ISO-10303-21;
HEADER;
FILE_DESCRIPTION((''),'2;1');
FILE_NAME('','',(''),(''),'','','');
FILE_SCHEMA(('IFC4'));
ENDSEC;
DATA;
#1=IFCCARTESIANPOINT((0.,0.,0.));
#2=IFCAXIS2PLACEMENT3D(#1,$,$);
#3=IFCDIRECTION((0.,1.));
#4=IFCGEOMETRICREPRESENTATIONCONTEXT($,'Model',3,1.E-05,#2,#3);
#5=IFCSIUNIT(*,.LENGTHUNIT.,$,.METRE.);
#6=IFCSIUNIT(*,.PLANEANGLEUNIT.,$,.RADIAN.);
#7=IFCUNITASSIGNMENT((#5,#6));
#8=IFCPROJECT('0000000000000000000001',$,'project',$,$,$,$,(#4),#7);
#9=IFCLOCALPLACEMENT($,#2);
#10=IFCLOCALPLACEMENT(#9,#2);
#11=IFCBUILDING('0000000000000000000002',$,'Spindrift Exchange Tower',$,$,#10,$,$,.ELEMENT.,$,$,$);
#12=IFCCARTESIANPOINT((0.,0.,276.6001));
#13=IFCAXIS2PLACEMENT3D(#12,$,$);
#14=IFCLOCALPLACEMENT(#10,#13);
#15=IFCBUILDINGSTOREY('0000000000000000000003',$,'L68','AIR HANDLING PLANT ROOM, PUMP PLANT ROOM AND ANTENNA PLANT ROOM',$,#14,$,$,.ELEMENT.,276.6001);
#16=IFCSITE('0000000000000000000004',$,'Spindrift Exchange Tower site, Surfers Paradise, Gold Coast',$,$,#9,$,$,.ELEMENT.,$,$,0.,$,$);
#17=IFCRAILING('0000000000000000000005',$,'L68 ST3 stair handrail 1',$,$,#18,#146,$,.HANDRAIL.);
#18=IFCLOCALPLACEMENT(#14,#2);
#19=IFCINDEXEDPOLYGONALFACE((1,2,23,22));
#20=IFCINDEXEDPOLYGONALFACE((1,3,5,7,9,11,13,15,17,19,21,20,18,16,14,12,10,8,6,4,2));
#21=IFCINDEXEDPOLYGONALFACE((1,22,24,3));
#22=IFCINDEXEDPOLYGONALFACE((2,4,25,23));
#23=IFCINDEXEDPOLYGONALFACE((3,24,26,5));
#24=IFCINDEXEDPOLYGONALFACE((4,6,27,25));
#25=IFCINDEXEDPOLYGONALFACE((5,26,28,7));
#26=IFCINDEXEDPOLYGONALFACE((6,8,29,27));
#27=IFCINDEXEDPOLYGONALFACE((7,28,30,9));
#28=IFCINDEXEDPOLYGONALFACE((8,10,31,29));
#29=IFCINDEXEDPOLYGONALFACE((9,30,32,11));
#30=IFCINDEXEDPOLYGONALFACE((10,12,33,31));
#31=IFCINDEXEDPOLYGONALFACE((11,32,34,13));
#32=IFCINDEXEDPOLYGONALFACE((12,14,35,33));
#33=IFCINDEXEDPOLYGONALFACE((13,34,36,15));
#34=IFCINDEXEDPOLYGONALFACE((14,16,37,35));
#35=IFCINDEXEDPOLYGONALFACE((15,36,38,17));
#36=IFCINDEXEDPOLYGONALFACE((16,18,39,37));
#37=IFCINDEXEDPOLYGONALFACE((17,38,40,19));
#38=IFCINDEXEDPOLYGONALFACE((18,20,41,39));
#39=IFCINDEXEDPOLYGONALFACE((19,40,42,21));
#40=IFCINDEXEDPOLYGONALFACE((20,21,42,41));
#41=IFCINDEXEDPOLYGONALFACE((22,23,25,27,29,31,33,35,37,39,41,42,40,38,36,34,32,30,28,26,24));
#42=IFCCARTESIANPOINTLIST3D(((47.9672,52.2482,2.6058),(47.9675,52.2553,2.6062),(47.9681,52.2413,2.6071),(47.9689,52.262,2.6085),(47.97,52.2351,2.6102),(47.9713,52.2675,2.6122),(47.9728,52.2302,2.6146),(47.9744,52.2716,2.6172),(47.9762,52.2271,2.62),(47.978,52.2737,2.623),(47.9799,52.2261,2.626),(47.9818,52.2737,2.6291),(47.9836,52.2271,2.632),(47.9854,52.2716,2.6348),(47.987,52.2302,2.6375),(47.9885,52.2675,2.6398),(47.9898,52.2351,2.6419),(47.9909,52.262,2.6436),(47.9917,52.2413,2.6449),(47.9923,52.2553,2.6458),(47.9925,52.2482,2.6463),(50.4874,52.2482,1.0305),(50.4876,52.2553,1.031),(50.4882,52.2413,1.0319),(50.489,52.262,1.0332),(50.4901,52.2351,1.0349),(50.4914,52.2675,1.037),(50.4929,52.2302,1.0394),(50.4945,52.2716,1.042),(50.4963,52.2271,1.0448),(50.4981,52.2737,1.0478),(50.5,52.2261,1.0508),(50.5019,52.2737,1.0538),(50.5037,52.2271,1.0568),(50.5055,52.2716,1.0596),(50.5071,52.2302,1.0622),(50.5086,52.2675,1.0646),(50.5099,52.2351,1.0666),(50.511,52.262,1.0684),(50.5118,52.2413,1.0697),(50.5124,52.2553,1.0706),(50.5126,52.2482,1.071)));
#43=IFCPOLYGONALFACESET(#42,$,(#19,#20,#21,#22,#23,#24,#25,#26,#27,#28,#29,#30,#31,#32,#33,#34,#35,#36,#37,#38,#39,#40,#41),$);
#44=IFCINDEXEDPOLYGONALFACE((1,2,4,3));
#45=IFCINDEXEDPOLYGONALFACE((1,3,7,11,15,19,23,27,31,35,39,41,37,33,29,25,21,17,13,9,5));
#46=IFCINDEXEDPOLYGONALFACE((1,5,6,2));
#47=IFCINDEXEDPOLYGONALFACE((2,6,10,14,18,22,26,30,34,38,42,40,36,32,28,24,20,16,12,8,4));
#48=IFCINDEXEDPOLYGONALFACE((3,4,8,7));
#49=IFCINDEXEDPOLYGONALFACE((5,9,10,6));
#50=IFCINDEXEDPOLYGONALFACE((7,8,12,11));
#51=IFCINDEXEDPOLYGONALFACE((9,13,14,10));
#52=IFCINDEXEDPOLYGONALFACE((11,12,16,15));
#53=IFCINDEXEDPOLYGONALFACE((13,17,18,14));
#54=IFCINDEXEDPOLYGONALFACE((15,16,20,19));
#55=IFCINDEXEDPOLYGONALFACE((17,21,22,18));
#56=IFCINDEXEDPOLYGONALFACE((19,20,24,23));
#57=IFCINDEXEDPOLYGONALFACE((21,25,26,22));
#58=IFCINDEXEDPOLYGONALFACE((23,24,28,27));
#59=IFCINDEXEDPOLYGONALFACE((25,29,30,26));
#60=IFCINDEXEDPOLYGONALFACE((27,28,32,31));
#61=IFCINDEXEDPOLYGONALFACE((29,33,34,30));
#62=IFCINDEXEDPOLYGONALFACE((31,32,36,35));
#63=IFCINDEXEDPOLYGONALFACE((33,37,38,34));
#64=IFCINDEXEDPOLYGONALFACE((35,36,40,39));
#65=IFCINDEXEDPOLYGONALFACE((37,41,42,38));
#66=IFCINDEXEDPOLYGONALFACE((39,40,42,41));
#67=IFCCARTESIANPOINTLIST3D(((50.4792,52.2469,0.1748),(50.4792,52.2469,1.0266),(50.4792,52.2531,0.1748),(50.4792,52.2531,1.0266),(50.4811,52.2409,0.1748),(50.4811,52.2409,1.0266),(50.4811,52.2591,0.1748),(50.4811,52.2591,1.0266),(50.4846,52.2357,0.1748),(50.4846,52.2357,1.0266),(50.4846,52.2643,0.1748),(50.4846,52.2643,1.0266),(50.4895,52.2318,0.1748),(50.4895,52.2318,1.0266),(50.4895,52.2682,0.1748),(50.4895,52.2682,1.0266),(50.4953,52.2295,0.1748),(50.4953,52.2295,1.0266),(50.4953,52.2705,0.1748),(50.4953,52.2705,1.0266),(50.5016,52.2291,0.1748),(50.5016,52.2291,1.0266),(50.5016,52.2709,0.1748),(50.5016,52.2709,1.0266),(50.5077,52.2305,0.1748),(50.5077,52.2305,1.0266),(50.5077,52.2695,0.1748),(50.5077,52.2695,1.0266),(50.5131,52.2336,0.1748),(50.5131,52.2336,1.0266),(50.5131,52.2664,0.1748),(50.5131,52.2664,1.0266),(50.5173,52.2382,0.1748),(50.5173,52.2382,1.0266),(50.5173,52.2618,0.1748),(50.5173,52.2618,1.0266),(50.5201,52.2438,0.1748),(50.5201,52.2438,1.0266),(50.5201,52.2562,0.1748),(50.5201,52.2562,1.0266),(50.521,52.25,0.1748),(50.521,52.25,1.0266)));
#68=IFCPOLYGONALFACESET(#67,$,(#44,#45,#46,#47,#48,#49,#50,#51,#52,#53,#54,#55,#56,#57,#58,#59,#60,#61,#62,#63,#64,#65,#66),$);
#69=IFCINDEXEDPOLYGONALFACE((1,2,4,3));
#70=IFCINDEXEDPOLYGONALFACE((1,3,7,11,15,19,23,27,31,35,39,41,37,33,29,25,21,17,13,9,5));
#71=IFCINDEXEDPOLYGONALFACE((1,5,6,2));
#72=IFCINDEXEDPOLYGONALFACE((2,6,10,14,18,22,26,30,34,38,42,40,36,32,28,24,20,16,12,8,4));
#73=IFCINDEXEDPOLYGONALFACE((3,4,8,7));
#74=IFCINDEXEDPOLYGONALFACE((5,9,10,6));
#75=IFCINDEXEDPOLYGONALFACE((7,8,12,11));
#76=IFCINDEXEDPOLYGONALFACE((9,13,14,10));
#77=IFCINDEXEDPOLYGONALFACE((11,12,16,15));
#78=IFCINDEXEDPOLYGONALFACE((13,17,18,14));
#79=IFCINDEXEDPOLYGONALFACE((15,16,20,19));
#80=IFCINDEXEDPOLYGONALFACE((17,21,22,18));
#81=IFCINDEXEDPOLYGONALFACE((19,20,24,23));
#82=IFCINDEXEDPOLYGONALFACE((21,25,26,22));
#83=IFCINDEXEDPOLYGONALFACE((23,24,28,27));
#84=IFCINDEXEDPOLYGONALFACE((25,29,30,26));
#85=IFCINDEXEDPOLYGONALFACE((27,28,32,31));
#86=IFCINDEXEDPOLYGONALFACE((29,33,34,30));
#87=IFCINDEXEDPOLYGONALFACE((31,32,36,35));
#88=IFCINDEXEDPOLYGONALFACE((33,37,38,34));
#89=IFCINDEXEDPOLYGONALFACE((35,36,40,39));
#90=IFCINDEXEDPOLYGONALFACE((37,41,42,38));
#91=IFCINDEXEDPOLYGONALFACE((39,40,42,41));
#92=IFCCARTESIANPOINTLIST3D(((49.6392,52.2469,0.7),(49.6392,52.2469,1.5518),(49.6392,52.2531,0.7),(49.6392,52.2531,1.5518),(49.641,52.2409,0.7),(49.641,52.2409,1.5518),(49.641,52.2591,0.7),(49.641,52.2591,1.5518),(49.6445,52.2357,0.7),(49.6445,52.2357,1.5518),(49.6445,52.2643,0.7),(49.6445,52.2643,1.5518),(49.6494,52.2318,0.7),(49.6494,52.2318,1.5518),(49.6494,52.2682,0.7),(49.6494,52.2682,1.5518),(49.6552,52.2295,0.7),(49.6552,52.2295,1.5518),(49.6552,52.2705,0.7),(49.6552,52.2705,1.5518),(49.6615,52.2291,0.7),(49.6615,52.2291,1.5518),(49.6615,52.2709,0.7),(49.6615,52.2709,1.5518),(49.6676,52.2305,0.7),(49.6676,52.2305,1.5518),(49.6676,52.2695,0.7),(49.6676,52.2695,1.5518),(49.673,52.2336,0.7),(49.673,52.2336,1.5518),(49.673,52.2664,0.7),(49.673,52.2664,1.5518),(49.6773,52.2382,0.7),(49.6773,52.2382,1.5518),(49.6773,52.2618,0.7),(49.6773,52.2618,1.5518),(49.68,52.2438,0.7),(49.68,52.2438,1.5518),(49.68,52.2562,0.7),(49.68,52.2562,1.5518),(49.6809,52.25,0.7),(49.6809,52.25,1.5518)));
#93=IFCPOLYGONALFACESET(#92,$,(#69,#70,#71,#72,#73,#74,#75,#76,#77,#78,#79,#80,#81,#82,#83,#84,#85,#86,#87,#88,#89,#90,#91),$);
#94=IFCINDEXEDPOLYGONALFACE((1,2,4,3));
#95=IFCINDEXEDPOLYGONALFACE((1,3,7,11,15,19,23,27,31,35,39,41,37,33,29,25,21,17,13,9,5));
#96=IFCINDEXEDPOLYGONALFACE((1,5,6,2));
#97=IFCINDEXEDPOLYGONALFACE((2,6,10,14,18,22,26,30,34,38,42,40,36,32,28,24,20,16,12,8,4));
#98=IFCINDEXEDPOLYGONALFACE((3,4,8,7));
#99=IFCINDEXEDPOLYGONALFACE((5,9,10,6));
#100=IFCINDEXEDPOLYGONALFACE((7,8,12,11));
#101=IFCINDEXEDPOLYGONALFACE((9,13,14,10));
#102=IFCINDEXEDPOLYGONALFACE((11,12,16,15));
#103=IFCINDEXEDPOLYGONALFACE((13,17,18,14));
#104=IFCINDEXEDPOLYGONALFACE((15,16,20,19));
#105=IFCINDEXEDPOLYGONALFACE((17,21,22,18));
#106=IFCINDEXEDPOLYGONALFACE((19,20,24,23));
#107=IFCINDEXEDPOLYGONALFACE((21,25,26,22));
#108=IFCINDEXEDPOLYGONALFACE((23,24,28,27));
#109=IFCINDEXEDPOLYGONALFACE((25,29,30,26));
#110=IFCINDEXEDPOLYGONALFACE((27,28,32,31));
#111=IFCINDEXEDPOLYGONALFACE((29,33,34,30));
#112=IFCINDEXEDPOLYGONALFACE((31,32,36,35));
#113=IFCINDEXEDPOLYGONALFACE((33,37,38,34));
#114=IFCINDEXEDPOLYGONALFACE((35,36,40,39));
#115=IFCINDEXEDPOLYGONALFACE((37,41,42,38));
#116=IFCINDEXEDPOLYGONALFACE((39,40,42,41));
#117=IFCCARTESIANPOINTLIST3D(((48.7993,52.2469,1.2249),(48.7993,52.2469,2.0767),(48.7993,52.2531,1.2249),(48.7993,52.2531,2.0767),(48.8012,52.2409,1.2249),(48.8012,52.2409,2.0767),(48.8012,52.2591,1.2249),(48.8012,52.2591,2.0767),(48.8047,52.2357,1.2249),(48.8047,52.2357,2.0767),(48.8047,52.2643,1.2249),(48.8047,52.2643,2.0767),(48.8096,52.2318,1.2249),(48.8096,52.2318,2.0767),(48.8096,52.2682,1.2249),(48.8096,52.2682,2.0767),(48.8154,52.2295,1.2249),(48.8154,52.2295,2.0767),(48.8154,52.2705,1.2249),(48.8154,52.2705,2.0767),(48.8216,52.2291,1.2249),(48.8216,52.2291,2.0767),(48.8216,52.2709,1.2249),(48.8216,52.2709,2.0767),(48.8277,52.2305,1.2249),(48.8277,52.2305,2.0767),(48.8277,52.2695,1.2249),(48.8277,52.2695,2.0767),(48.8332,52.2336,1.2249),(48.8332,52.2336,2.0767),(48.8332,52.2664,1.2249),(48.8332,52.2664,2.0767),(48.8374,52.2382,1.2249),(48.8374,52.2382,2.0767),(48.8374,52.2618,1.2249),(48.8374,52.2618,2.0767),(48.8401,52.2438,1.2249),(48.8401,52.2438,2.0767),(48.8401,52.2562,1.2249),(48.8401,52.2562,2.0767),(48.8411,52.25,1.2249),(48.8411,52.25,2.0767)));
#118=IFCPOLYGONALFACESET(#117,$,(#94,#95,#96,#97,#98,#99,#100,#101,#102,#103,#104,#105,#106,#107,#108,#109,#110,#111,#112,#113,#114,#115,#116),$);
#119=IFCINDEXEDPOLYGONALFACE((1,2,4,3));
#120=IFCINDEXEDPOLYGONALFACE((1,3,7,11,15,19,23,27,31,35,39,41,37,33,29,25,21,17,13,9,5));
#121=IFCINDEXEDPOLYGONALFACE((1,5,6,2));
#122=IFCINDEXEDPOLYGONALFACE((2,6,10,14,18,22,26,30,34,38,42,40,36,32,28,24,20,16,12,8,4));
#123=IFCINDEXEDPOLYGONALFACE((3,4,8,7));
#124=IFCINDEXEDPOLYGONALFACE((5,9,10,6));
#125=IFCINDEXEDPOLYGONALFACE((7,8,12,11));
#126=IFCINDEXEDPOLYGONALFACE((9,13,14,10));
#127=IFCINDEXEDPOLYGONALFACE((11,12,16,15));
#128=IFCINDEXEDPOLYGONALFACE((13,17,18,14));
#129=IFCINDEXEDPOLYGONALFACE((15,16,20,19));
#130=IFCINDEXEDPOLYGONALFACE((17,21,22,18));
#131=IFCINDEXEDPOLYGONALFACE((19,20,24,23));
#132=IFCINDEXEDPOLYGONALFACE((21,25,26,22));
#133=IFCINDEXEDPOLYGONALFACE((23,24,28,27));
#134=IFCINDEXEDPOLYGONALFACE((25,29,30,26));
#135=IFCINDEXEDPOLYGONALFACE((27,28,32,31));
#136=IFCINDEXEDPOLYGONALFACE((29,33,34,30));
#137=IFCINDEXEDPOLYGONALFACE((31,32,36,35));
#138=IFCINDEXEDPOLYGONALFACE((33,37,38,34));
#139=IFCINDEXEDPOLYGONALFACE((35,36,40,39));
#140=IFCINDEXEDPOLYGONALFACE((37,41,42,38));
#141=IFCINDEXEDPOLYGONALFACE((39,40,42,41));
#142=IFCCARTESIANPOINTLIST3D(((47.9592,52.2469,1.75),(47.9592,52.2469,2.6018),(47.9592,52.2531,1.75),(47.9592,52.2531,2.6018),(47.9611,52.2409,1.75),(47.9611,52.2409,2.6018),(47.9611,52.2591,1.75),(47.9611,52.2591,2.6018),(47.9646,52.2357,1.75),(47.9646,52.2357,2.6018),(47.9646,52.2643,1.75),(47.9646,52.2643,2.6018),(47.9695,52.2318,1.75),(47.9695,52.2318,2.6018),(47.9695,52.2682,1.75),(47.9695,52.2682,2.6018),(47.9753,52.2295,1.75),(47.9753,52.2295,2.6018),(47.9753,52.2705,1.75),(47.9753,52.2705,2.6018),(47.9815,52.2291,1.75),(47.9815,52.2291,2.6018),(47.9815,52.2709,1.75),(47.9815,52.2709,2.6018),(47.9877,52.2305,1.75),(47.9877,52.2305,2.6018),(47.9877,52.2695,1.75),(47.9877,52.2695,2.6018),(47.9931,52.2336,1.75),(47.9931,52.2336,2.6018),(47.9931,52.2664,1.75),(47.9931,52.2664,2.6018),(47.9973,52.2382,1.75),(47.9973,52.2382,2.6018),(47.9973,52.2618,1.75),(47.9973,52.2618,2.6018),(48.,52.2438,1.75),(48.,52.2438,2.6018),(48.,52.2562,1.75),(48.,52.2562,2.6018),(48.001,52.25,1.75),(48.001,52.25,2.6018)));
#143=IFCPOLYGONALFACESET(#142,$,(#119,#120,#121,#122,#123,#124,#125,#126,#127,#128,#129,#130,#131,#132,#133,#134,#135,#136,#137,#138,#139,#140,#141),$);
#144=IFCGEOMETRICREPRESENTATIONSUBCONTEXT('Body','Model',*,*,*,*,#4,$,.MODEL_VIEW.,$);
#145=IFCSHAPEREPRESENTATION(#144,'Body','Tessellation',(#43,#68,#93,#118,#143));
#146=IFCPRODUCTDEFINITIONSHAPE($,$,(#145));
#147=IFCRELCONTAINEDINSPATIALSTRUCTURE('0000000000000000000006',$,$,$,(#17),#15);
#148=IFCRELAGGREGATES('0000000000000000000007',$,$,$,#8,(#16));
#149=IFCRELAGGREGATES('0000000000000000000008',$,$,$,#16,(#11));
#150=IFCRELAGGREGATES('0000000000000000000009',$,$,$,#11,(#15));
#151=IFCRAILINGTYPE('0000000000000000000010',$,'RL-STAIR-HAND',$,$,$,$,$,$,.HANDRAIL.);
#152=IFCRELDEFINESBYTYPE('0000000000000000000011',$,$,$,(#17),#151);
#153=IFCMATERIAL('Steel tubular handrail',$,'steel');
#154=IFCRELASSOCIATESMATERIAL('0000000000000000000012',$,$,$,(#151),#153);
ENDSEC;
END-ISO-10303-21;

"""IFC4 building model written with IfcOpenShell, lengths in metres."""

from ifc_helpers import new_model, si_unit, direction, frame, origin, origin_2d, place, context, subcontext, project, spatial, circle, extrude, material, type_object, element, save


model = new_model("IFC4")

# Units and contexts
model_context = context("Model", 3, precision=1e-05, world=origin(), true_north=direction((0.0, 1.0)))
body_context = subcontext(model_context, "Body", "Model", "MODEL_VIEW")
ifc_project = project(units=[si_unit("LENGTHUNIT", "METRE"), si_unit("PLANEANGLEUNIT", "RADIAN")], contexts=[model_context])

# Site, building, storey
site_placement = place(None, origin())
site = spatial("IfcSite", under=ifc_project, at=site_placement, Name="Spindrift Exchange Tower site, Surfers Paradise, Gold Coast", CompositionType="ELEMENT", RefElevation=0.0)
building_placement = place(site_placement, origin())
building = spatial("IfcBuilding", under=site, at=building_placement, Name="Spindrift Exchange Tower", CompositionType="ELEMENT")
storey_placement = place(building_placement, frame((0.0, 0.0, 276.6001)))
storey = spatial("IfcBuildingStorey", under=building, at=storey_placement, Name="L68", Description="AIR HANDLING PLANT ROOM, PUMP PLANT ROOM AND ANTENNA PLANT ROOM", CompositionType="ELEMENT", Elevation=276.6001)

# Railing
ifc_material_1 = material(Name="Steel tubular handrail", Category="steel")
railing_type_1 = type_object("IfcRailingType", Name="RL-STAIR-HAND", PredefinedType="HANDRAIL", material=ifc_material_1)
railing_1_placement = place(storey_placement, frame((50.5, 52.25, 0.1748)))
element("IfcRailing", 1, at=railing_1_placement, inside=storey, type_object=railing_type_1, Name="L68 ST3 stair handrail 1", PredefinedType="HANDRAIL", context=body_context, shape_type="SweptSolid", body=[
    extrude(circle(Radius=0.0239, at=origin_2d()), frame((0.0, 0.0, 0.876), z_axis=(-0.847971, 0.0, 0.530043), x_axis=(0.0, -1.0, 0.0)), (0.0, 0.0, 1.0), 2.9719),
    extrude(circle(Radius=0.021, at=origin_2d()), origin(), (0.0, 0.0, 1.0), 0.8518),
    extrude(circle(Radius=0.021, at=origin_2d()), frame((-0.8401, 0.0, 0.5251)), (0.0, 0.0, 1.0), 0.8518),
    extrude(circle(Radius=0.021, at=origin_2d()), frame((-1.6799, 0.0, 1.05)), (0.0, 0.0, 1.0), 0.8518),
    extrude(circle(Radius=0.021, at=origin_2d()), frame((-2.52, 0.0, 1.5752)), (0.0, 0.0, 1.0), 0.8518),
])

save(model, "model.ifc")
